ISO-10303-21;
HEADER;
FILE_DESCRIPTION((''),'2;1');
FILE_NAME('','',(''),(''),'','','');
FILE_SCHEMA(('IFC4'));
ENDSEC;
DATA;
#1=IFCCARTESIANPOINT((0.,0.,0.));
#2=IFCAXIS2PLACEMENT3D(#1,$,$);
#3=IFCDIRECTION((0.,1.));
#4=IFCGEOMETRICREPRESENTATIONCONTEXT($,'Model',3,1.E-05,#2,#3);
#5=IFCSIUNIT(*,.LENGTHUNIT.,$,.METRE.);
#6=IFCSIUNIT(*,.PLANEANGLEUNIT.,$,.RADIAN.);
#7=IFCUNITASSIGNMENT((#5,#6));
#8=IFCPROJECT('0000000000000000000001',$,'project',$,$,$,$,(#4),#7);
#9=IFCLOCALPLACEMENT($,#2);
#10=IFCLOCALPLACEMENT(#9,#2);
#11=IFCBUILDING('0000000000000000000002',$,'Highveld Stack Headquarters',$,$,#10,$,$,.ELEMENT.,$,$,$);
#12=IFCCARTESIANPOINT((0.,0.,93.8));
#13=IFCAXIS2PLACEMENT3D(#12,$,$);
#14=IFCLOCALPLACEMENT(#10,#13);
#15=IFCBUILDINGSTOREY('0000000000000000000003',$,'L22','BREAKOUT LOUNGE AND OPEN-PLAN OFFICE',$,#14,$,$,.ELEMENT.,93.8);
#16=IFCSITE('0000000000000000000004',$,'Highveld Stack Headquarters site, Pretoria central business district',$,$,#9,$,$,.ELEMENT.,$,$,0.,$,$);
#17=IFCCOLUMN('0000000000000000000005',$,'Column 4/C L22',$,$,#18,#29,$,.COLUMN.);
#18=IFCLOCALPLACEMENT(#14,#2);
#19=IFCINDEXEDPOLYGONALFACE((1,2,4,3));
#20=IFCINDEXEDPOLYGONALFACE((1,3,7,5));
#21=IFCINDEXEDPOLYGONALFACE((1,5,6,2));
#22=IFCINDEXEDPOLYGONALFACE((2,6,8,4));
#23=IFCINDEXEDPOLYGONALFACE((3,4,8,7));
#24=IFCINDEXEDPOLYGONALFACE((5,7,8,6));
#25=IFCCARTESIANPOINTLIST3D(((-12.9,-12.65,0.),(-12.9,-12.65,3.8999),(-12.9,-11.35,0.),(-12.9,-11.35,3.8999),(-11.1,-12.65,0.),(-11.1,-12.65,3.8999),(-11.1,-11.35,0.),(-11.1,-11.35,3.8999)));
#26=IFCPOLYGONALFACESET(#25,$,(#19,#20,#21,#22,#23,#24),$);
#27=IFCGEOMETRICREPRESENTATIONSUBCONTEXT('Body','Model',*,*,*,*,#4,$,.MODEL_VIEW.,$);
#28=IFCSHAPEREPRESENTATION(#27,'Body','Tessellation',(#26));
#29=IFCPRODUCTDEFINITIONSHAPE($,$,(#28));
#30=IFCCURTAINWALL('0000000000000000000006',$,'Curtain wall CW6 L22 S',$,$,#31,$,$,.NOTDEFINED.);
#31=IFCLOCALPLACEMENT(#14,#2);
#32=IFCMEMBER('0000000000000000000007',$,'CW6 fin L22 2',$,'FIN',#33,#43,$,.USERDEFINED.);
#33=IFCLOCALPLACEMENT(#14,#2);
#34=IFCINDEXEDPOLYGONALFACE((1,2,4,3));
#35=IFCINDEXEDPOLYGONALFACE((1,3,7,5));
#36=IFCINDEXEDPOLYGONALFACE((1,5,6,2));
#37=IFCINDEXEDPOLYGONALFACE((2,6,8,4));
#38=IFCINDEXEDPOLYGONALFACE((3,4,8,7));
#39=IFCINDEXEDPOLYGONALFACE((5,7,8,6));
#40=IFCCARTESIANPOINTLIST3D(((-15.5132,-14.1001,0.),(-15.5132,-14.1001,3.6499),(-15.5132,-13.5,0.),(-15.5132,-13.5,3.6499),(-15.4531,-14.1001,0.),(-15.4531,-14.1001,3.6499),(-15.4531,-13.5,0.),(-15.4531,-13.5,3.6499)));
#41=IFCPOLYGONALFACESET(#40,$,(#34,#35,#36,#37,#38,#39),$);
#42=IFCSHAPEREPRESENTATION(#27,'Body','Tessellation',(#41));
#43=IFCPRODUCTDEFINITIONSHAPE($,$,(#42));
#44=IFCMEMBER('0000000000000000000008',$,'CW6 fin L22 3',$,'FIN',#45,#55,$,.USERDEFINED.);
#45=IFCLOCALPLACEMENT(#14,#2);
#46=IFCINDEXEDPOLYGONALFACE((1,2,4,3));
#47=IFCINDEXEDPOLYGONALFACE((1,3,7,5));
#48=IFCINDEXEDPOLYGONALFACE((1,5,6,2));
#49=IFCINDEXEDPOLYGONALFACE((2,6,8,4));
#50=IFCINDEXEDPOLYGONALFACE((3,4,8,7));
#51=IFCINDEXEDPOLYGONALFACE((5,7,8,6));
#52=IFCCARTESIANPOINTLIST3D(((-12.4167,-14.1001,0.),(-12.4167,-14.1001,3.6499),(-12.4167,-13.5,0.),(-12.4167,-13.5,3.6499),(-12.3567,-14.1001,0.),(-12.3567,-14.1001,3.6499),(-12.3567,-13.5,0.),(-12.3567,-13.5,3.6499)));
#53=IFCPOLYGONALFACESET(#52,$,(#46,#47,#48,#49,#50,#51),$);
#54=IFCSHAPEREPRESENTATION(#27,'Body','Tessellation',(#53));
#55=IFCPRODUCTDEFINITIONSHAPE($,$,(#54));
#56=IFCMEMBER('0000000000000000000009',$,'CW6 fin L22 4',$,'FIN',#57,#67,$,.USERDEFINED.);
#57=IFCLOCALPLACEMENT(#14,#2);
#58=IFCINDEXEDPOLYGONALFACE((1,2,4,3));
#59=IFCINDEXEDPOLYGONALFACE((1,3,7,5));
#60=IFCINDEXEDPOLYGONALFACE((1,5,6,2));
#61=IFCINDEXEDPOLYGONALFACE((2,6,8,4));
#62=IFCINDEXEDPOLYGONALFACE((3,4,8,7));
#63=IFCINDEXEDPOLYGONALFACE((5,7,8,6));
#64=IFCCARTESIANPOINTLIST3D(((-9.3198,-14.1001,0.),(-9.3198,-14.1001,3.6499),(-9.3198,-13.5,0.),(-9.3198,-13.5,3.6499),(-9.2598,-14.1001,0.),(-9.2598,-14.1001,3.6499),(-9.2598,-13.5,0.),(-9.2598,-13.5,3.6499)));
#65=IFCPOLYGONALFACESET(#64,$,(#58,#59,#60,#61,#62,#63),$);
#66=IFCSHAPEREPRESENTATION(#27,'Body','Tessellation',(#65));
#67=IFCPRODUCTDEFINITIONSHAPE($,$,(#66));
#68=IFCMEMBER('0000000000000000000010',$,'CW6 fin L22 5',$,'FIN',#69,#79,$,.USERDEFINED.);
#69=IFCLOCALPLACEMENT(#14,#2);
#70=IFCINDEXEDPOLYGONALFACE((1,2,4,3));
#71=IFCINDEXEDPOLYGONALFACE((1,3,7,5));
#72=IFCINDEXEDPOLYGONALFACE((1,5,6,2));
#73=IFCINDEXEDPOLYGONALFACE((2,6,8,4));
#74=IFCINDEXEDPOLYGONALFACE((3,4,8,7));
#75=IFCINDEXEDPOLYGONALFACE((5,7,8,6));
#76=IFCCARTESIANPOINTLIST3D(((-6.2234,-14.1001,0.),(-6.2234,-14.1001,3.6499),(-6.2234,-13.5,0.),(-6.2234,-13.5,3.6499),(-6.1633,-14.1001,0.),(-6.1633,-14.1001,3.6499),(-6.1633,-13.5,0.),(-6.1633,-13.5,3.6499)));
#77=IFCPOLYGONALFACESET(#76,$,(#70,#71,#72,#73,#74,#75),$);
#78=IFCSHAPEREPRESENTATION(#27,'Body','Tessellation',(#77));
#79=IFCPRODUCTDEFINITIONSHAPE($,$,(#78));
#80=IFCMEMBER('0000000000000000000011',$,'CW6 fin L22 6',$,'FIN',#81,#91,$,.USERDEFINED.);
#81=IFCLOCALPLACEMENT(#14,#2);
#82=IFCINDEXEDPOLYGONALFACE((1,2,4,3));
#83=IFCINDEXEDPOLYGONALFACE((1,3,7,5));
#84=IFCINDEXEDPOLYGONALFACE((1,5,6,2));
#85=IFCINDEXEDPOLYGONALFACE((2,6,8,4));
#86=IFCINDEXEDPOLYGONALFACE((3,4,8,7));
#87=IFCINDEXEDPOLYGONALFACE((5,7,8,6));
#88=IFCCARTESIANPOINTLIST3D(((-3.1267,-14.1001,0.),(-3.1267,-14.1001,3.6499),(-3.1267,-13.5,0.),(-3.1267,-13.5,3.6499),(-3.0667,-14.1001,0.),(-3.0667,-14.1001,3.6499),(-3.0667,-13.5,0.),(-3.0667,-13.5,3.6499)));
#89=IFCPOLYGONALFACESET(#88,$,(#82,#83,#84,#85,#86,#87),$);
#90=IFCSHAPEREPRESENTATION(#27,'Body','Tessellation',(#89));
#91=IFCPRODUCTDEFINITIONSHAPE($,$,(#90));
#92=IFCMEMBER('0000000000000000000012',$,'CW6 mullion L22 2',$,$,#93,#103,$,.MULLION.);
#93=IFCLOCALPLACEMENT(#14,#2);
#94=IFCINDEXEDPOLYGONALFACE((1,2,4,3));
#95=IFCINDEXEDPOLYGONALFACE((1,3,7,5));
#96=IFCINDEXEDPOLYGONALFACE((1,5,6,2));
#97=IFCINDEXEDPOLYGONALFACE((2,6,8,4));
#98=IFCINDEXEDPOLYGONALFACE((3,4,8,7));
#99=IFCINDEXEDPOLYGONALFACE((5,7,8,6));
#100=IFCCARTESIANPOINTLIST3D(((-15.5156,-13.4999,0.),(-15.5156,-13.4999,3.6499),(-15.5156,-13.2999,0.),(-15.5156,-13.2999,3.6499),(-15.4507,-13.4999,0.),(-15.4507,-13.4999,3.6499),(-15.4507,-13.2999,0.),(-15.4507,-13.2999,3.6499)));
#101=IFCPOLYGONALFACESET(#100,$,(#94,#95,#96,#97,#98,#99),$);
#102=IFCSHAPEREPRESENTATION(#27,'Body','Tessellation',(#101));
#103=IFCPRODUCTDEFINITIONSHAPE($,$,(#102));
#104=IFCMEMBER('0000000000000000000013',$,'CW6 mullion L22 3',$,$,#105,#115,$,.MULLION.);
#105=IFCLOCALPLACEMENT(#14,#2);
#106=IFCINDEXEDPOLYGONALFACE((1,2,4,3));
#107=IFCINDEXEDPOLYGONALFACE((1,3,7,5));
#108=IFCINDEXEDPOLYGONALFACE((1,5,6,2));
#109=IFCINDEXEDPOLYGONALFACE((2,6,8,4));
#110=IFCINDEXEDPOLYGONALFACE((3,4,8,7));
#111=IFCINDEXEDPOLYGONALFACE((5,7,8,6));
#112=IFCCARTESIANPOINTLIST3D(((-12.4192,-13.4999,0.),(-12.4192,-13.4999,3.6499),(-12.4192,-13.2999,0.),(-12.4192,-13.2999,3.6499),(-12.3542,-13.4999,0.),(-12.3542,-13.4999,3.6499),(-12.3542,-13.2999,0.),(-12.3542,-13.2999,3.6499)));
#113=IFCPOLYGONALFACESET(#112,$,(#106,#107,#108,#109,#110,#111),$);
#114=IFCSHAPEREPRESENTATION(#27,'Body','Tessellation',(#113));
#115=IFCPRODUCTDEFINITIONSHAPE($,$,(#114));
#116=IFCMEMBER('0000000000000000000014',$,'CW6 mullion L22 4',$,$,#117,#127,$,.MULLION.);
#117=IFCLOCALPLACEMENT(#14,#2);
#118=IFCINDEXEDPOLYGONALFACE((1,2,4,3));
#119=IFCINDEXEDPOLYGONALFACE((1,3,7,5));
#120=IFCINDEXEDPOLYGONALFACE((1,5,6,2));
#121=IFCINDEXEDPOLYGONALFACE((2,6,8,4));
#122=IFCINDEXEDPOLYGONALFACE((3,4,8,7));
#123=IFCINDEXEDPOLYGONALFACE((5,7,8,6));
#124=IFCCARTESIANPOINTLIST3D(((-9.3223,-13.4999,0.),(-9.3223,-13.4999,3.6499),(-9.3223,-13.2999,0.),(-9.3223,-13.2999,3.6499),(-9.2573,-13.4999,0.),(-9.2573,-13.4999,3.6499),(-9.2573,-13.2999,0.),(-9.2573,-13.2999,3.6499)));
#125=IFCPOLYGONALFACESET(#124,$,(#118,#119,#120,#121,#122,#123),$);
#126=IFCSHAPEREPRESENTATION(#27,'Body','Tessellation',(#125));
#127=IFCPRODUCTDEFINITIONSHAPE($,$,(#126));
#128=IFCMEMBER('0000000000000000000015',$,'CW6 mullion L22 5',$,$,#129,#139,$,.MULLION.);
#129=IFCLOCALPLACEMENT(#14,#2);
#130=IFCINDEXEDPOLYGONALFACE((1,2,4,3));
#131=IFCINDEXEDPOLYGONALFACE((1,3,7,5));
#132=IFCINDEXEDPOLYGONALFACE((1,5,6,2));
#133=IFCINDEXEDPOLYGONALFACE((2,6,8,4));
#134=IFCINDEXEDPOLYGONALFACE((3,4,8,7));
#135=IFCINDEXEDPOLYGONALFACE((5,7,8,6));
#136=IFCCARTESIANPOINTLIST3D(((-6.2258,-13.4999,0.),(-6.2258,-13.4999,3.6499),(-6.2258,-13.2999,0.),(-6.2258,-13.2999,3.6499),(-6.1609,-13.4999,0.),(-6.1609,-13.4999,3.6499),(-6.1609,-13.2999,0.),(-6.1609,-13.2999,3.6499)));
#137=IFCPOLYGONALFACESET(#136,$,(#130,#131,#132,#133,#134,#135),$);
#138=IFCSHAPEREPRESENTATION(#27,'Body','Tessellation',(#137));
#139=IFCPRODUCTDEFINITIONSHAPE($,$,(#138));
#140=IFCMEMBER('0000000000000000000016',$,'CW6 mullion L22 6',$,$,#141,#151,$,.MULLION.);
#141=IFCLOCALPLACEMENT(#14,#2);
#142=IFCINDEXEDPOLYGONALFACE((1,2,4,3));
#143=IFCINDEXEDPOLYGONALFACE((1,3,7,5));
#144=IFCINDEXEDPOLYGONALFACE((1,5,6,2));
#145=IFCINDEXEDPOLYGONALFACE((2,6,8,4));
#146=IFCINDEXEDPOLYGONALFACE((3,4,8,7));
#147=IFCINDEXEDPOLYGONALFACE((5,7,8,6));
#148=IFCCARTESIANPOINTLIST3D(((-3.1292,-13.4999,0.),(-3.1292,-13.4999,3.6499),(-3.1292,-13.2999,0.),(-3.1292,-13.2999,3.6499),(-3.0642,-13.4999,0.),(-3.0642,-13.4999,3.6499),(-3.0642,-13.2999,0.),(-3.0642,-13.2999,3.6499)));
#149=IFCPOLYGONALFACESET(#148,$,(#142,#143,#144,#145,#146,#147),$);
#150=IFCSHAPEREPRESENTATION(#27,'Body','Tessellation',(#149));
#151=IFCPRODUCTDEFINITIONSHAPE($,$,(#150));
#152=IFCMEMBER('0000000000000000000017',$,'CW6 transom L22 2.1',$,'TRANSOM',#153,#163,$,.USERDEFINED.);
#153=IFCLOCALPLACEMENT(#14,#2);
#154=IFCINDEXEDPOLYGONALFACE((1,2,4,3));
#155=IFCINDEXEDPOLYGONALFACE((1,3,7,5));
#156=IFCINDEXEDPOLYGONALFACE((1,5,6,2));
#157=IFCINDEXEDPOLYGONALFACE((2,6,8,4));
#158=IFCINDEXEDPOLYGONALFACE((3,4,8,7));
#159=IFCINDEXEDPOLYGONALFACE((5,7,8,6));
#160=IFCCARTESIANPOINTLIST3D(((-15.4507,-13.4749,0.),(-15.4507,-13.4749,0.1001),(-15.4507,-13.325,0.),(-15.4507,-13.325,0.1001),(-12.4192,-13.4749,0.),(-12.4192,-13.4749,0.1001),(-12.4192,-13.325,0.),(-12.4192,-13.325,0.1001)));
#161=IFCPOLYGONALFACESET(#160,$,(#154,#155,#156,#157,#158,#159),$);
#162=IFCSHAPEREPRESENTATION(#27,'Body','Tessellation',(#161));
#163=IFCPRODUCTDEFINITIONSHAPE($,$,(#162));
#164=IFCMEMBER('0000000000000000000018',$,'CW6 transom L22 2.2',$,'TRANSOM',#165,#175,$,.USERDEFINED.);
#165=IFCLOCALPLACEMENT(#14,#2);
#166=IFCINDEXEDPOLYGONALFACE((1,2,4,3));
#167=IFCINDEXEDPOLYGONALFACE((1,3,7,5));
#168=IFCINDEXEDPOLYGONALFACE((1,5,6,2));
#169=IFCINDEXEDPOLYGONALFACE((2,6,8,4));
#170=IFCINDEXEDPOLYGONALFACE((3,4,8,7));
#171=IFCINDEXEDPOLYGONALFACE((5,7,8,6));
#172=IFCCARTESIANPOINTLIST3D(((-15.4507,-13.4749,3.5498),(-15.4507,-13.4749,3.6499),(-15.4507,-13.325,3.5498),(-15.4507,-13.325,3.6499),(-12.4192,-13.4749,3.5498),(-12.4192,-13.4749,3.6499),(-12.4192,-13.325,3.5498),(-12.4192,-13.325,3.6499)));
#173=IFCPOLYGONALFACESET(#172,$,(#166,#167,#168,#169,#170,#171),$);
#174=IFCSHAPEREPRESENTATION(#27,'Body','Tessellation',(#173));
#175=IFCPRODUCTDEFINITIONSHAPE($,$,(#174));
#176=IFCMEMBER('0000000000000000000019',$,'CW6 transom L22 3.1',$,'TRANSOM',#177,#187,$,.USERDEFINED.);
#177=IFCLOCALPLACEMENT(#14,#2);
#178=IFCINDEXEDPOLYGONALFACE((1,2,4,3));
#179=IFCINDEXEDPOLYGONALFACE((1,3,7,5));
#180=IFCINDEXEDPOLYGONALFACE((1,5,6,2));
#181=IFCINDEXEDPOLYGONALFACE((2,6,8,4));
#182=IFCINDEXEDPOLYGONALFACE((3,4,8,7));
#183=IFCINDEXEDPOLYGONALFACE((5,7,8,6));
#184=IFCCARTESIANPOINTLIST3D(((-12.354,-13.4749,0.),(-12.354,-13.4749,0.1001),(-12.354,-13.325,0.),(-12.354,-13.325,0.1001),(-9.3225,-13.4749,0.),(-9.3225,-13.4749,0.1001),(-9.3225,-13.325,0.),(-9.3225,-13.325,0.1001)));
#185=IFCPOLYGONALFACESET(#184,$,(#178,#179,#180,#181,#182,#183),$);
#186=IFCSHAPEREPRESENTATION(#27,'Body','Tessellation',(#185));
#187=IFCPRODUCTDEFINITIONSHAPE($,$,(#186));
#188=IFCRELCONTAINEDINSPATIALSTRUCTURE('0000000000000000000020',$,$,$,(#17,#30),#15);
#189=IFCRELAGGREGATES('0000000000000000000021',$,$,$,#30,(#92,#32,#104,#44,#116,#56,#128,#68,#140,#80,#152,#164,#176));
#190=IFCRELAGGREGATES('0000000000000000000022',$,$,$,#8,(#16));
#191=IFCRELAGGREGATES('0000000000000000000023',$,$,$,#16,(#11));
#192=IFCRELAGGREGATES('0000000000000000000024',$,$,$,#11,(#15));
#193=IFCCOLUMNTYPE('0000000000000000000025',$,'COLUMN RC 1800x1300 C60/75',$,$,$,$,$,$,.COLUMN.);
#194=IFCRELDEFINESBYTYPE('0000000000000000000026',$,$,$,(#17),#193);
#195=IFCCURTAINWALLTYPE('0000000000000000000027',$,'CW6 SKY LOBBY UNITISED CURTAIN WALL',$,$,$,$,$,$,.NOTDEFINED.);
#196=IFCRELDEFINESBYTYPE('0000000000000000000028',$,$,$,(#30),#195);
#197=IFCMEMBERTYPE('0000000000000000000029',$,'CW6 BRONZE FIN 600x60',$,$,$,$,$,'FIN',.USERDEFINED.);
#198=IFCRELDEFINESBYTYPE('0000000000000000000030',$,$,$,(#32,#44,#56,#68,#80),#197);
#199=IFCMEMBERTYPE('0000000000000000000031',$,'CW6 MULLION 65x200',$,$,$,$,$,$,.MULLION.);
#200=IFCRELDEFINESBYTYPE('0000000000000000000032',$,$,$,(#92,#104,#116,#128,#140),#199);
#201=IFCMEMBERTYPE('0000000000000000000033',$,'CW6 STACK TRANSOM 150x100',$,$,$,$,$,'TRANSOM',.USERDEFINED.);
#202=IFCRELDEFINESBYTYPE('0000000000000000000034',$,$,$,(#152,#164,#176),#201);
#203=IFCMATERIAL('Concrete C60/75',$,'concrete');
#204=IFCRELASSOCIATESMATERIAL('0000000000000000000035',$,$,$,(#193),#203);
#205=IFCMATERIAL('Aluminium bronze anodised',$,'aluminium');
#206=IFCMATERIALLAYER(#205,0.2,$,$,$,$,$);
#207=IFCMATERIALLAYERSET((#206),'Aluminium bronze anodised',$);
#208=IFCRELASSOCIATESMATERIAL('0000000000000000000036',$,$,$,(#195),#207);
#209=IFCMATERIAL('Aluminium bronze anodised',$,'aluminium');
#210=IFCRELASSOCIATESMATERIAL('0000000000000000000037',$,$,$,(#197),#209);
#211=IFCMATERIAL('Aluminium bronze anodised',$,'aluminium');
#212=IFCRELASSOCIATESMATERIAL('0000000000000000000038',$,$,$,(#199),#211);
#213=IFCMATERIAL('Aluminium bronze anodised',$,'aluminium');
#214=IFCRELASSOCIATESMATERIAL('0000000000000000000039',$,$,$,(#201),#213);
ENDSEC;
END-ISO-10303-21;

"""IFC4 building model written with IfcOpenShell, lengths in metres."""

from ifc_helpers import new_model, si_unit, direction, frame, origin, origin_2d, place, context, subcontext, project, spatial, rectangle, extrude, material, layer, layer_set, material_profile, profile_set, type_object, element, aggregate, save


model = new_model("IFC4")

# Units and contexts
model_context = context("Model", 3, precision=1e-05, world=origin(), true_north=direction((0.0, 1.0)))
body_context = subcontext(model_context, "Body", "Model", "MODEL_VIEW")
ifc_project = project(units=[si_unit("LENGTHUNIT", "METRE"), si_unit("PLANEANGLEUNIT", "RADIAN")], contexts=[model_context])

# Site, building, storey
site_placement = place(None, origin())
site = spatial("IfcSite", under=ifc_project, at=site_placement, Name="Highveld Stack Headquarters site, Pretoria central business district", CompositionType="ELEMENT", RefElevation=0.0)
building_placement = place(site_placement, origin())
building = spatial("IfcBuilding", under=site, at=building_placement, Name="Highveld Stack Headquarters", CompositionType="ELEMENT")
storey_placement = place(building_placement, frame((0.0, 0.0, 93.8)))
storey = spatial("IfcBuildingStorey", under=building, at=storey_placement, Name="L22", Description="BREAKOUT LOUNGE AND OPEN-PLAN OFFICE", CompositionType="ELEMENT", Elevation=93.8)

# Column
ifc_material_1 = material(Name="Concrete C60/75", Category="concrete")
ifc_material_profile_1 = material_profile(ifc_material_1, rectangle(XDim=1.8, YDim=1.3, at=origin_2d()), Name="RC 1800x1300")
ifc_profile_set_1 = profile_set([ifc_material_profile_1], Name="Concrete C60/75")
column_type = type_object("IfcColumnType", Name="COLUMN RC 1800x1300 C60/75", PredefinedType="COLUMN", material=ifc_profile_set_1)
column_placement = place(storey_placement, frame((-12.0, -12.0, 0.0), z_axis=(0.0, 0.0, 1.0), x_axis=(1.0, 0.0, 0.0)))
element("IfcColumn", 1, at=column_placement, inside=storey, type_object=column_type, Name="Column 4/C L22", PredefinedType="COLUMN", context=body_context, shape_type="SweptSolid", body=[
    extrude(rectangle(XDim=1.8, YDim=1.3, at=origin_2d()), origin(), (0.0, 0.0, 1.0), 3.8999),
])

# Curtain wall, members
ifc_material_2 = material(Name="Aluminium bronze anodised", Category="aluminium")
ifc_layer_1 = layer(ifc_material_2, 0.2)
ifc_layer_set_1 = layer_set([ifc_layer_1], Name="Aluminium bronze anodised")
curtain_wall_type = type_object("IfcCurtainWallType", Name="CW6 SKY LOBBY UNITISED CURTAIN WALL", PredefinedType="NOTDEFINED", material=ifc_layer_set_1)
curtain_wall_placement = place(storey_placement, origin())
curtain_wall = element("IfcCurtainWall", 2, at=curtain_wall_placement, inside=storey, type_object=curtain_wall_type, Name="Curtain wall CW6 L22 S", PredefinedType="NOTDEFINED")
ifc_material_3 = material(Name="Aluminium bronze anodised", Category="aluminium")
ifc_material_profile_2 = material_profile(ifc_material_3, rectangle(XDim=0.6001, YDim=0.0601, at=origin_2d()), Name="FIN 600x60")
ifc_profile_set_2 = profile_set([ifc_material_profile_2], Name="Aluminium bronze anodised")
member_type_1 = type_object("IfcMemberType", Name="CW6 BRONZE FIN 600x60", ElementType="FIN", PredefinedType="USERDEFINED", material=ifc_profile_set_2)
member_1_placement = place(storey_placement, frame((-15.4832, -13.8, 0.0), z_axis=(0.0, 0.0, 1.0), x_axis=(0.0, 1.0, 0.0)))
member_1 = element("IfcMember", 3, at=member_1_placement, type_object=member_type_1, Name="CW6 fin L22 2", ObjectType="FIN", PredefinedType="USERDEFINED", context=body_context, shape_type="SweptSolid", body=[
    extrude(rectangle(XDim=0.6001, YDim=0.0601, at=origin_2d()), origin(), (0.0, 0.0, 1.0), 3.6499),
])
member_2_placement = place(storey_placement, frame((-12.3867, -13.8, 0.0), z_axis=(0.0, 0.0, 1.0), x_axis=(0.0, 1.0, 0.0)))
member_2 = element("IfcMember", 4, at=member_2_placement, type_object=member_type_1, Name="CW6 fin L22 3", ObjectType="FIN", PredefinedType="USERDEFINED", context=body_context, shape_type="SweptSolid", body=[
    extrude(rectangle(XDim=0.6001, YDim=0.0601, at=origin_2d()), origin(), (0.0, 0.0, 1.0), 3.6499),
])
member_3_placement = place(storey_placement, frame((-9.2898, -13.8, 0.0), z_axis=(0.0, 0.0, 1.0), x_axis=(0.0, 1.0, 0.0)))
member_3 = element("IfcMember", 5, at=member_3_placement, type_object=member_type_1, Name="CW6 fin L22 4", ObjectType="FIN", PredefinedType="USERDEFINED", context=body_context, shape_type="SweptSolid", body=[
    extrude(rectangle(XDim=0.6001, YDim=0.0601, at=origin_2d()), origin(), (0.0, 0.0, 1.0), 3.6499),
])
member_4_placement = place(storey_placement, frame((-6.1934, -13.8, 0.0), z_axis=(0.0, 0.0, 1.0), x_axis=(0.0, 1.0, 0.0)))
member_4 = element("IfcMember", 6, at=member_4_placement, type_object=member_type_1, Name="CW6 fin L22 5", ObjectType="FIN", PredefinedType="USERDEFINED", context=body_context, shape_type="SweptSolid", body=[
    extrude(rectangle(XDim=0.6001, YDim=0.0601, at=origin_2d()), origin(), (0.0, 0.0, 1.0), 3.6499),
])
member_5_placement = place(storey_placement, frame((-3.0967, -13.8, 0.0), z_axis=(0.0, 0.0, 1.0), x_axis=(0.0, 1.0, 0.0)))
member_5 = element("IfcMember", 7, at=member_5_placement, type_object=member_type_1, Name="CW6 fin L22 6", ObjectType="FIN", PredefinedType="USERDEFINED", context=body_context, shape_type="SweptSolid", body=[
    extrude(rectangle(XDim=0.6001, YDim=0.0601, at=origin_2d()), origin(), (0.0, 0.0, 1.0), 3.6499),
])
ifc_material_4 = material(Name="Aluminium bronze anodised", Category="aluminium")
ifc_material_profile_3 = material_profile(ifc_material_4, rectangle(XDim=0.2, YDim=0.0649, at=origin_2d()), Name="CW6 MULLION 65x200")
ifc_profile_set_3 = profile_set([ifc_material_profile_3], Name="Aluminium bronze anodised")
member_type_2 = type_object("IfcMemberType", Name="CW6 MULLION 65x200", PredefinedType="MULLION", material=ifc_profile_set_3)
member_6_placement = place(storey_placement, frame((-15.4832, -13.3999, 0.0), z_axis=(0.0, 0.0, 1.0), x_axis=(0.0, 1.0, 0.0)))
member_6 = element("IfcMember", 8, at=member_6_placement, type_object=member_type_2, Name="CW6 mullion L22 2", PredefinedType="MULLION", context=body_context, shape_type="SweptSolid", body=[
    extrude(rectangle(XDim=0.2, YDim=0.0649, at=origin_2d()), origin(), (0.0, 0.0, 1.0), 3.6499),
])
member_7_placement = place(storey_placement, frame((-12.3867, -13.3999, 0.0), z_axis=(0.0, 0.0, 1.0), x_axis=(0.0, 1.0, 0.0)))
member_7 = element("IfcMember", 9, at=member_7_placement, type_object=member_type_2, Name="CW6 mullion L22 3", PredefinedType="MULLION", context=body_context, shape_type="SweptSolid", body=[
    extrude(rectangle(XDim=0.2, YDim=0.0649, at=origin_2d()), origin(), (0.0, 0.0, 1.0), 3.6499),
])
member_8_placement = place(storey_placement, frame((-9.2898, -13.3999, 0.0), z_axis=(0.0, 0.0, 1.0), x_axis=(0.0, 1.0, 0.0)))
member_8 = element("IfcMember", 10, at=member_8_placement, type_object=member_type_2, Name="CW6 mullion L22 4", PredefinedType="MULLION", context=body_context, shape_type="SweptSolid", body=[
    extrude(rectangle(XDim=0.2, YDim=0.0649, at=origin_2d()), origin(), (0.0, 0.0, 1.0), 3.6499),
])
member_9_placement = place(storey_placement, frame((-6.1934, -13.3999, 0.0), z_axis=(0.0, 0.0, 1.0), x_axis=(0.0, 1.0, 0.0)))
member_9 = element("IfcMember", 11, at=member_9_placement, type_object=member_type_2, Name="CW6 mullion L22 5", PredefinedType="MULLION", context=body_context, shape_type="SweptSolid", body=[
    extrude(rectangle(XDim=0.2, YDim=0.0649, at=origin_2d()), origin(), (0.0, 0.0, 1.0), 3.6499),
])
member_10_placement = place(storey_placement, frame((-3.0967, -13.3999, 0.0), z_axis=(0.0, 0.0, 1.0), x_axis=(0.0, 1.0, 0.0)))
member_10 = element("IfcMember", 12, at=member_10_placement, type_object=member_type_2, Name="CW6 mullion L22 6", PredefinedType="MULLION", context=body_context, shape_type="SweptSolid", body=[
    extrude(rectangle(XDim=0.2, YDim=0.0649, at=origin_2d()), origin(), (0.0, 0.0, 1.0), 3.6499),
])
ifc_material_5 = material(Name="Aluminium bronze anodised", Category="aluminium")
ifc_material_profile_4 = material_profile(ifc_material_5, rectangle(XDim=0.1499, YDim=0.1001, at=origin_2d()), Name="CW6 TRANSOM 150x100")
ifc_profile_set_4 = profile_set([ifc_material_profile_4], Name="Aluminium bronze anodised")
member_type_3 = type_object("IfcMemberType", Name="CW6 STACK TRANSOM 150x100", ElementType="TRANSOM", PredefinedType="USERDEFINED", material=ifc_profile_set_4)
member_11_placement = place(storey_placement, frame((-15.4507, -13.3999, 0.05), z_axis=(1.0, 0.0, 0.0), x_axis=(0.0, 1.0, 0.0)))
member_11 = element("IfcMember", 13, at=member_11_placement, type_object=member_type_3, Name="CW6 transom L22 2.1", ObjectType="TRANSOM", PredefinedType="USERDEFINED", context=body_context, shape_type="SweptSolid", body=[
    extrude(rectangle(XDim=0.1499, YDim=0.1001, at=origin_2d()), origin(), (0.0, 0.0, 1.0), 3.0315),
])
member_12_placement = place(storey_placement, frame((-15.4507, -13.3999, 3.5999), z_axis=(1.0, 0.0, 0.0), x_axis=(0.0, 1.0, 0.0)))
member_12 = element("IfcMember", 14, at=member_12_placement, type_object=member_type_3, Name="CW6 transom L22 2.2", ObjectType="TRANSOM", PredefinedType="USERDEFINED", context=body_context, shape_type="SweptSolid", body=[
    extrude(rectangle(XDim=0.1499, YDim=0.1001, at=origin_2d()), origin(), (0.0, 0.0, 1.0), 3.0315),
])
member_13_placement = place(storey_placement, frame((-12.354, -13.3999, 0.05), z_axis=(1.0, 0.0, 0.0), x_axis=(0.0, 1.0, 0.0)))
member_13 = element("IfcMember", 15, at=member_13_placement, type_object=member_type_3, Name="CW6 transom L22 3.1", ObjectType="TRANSOM", PredefinedType="USERDEFINED", context=body_context, shape_type="SweptSolid", body=[
    extrude(rectangle(XDim=0.1499, YDim=0.1001, at=origin_2d()), origin(), (0.0, 0.0, 1.0), 3.0315),
])
aggregate(curtain_wall, [member_6, member_1, member_7, member_2, member_8, member_3, member_9, member_4, member_10, member_5, member_11, member_12, member_13])

save(model, "model.ifc")
